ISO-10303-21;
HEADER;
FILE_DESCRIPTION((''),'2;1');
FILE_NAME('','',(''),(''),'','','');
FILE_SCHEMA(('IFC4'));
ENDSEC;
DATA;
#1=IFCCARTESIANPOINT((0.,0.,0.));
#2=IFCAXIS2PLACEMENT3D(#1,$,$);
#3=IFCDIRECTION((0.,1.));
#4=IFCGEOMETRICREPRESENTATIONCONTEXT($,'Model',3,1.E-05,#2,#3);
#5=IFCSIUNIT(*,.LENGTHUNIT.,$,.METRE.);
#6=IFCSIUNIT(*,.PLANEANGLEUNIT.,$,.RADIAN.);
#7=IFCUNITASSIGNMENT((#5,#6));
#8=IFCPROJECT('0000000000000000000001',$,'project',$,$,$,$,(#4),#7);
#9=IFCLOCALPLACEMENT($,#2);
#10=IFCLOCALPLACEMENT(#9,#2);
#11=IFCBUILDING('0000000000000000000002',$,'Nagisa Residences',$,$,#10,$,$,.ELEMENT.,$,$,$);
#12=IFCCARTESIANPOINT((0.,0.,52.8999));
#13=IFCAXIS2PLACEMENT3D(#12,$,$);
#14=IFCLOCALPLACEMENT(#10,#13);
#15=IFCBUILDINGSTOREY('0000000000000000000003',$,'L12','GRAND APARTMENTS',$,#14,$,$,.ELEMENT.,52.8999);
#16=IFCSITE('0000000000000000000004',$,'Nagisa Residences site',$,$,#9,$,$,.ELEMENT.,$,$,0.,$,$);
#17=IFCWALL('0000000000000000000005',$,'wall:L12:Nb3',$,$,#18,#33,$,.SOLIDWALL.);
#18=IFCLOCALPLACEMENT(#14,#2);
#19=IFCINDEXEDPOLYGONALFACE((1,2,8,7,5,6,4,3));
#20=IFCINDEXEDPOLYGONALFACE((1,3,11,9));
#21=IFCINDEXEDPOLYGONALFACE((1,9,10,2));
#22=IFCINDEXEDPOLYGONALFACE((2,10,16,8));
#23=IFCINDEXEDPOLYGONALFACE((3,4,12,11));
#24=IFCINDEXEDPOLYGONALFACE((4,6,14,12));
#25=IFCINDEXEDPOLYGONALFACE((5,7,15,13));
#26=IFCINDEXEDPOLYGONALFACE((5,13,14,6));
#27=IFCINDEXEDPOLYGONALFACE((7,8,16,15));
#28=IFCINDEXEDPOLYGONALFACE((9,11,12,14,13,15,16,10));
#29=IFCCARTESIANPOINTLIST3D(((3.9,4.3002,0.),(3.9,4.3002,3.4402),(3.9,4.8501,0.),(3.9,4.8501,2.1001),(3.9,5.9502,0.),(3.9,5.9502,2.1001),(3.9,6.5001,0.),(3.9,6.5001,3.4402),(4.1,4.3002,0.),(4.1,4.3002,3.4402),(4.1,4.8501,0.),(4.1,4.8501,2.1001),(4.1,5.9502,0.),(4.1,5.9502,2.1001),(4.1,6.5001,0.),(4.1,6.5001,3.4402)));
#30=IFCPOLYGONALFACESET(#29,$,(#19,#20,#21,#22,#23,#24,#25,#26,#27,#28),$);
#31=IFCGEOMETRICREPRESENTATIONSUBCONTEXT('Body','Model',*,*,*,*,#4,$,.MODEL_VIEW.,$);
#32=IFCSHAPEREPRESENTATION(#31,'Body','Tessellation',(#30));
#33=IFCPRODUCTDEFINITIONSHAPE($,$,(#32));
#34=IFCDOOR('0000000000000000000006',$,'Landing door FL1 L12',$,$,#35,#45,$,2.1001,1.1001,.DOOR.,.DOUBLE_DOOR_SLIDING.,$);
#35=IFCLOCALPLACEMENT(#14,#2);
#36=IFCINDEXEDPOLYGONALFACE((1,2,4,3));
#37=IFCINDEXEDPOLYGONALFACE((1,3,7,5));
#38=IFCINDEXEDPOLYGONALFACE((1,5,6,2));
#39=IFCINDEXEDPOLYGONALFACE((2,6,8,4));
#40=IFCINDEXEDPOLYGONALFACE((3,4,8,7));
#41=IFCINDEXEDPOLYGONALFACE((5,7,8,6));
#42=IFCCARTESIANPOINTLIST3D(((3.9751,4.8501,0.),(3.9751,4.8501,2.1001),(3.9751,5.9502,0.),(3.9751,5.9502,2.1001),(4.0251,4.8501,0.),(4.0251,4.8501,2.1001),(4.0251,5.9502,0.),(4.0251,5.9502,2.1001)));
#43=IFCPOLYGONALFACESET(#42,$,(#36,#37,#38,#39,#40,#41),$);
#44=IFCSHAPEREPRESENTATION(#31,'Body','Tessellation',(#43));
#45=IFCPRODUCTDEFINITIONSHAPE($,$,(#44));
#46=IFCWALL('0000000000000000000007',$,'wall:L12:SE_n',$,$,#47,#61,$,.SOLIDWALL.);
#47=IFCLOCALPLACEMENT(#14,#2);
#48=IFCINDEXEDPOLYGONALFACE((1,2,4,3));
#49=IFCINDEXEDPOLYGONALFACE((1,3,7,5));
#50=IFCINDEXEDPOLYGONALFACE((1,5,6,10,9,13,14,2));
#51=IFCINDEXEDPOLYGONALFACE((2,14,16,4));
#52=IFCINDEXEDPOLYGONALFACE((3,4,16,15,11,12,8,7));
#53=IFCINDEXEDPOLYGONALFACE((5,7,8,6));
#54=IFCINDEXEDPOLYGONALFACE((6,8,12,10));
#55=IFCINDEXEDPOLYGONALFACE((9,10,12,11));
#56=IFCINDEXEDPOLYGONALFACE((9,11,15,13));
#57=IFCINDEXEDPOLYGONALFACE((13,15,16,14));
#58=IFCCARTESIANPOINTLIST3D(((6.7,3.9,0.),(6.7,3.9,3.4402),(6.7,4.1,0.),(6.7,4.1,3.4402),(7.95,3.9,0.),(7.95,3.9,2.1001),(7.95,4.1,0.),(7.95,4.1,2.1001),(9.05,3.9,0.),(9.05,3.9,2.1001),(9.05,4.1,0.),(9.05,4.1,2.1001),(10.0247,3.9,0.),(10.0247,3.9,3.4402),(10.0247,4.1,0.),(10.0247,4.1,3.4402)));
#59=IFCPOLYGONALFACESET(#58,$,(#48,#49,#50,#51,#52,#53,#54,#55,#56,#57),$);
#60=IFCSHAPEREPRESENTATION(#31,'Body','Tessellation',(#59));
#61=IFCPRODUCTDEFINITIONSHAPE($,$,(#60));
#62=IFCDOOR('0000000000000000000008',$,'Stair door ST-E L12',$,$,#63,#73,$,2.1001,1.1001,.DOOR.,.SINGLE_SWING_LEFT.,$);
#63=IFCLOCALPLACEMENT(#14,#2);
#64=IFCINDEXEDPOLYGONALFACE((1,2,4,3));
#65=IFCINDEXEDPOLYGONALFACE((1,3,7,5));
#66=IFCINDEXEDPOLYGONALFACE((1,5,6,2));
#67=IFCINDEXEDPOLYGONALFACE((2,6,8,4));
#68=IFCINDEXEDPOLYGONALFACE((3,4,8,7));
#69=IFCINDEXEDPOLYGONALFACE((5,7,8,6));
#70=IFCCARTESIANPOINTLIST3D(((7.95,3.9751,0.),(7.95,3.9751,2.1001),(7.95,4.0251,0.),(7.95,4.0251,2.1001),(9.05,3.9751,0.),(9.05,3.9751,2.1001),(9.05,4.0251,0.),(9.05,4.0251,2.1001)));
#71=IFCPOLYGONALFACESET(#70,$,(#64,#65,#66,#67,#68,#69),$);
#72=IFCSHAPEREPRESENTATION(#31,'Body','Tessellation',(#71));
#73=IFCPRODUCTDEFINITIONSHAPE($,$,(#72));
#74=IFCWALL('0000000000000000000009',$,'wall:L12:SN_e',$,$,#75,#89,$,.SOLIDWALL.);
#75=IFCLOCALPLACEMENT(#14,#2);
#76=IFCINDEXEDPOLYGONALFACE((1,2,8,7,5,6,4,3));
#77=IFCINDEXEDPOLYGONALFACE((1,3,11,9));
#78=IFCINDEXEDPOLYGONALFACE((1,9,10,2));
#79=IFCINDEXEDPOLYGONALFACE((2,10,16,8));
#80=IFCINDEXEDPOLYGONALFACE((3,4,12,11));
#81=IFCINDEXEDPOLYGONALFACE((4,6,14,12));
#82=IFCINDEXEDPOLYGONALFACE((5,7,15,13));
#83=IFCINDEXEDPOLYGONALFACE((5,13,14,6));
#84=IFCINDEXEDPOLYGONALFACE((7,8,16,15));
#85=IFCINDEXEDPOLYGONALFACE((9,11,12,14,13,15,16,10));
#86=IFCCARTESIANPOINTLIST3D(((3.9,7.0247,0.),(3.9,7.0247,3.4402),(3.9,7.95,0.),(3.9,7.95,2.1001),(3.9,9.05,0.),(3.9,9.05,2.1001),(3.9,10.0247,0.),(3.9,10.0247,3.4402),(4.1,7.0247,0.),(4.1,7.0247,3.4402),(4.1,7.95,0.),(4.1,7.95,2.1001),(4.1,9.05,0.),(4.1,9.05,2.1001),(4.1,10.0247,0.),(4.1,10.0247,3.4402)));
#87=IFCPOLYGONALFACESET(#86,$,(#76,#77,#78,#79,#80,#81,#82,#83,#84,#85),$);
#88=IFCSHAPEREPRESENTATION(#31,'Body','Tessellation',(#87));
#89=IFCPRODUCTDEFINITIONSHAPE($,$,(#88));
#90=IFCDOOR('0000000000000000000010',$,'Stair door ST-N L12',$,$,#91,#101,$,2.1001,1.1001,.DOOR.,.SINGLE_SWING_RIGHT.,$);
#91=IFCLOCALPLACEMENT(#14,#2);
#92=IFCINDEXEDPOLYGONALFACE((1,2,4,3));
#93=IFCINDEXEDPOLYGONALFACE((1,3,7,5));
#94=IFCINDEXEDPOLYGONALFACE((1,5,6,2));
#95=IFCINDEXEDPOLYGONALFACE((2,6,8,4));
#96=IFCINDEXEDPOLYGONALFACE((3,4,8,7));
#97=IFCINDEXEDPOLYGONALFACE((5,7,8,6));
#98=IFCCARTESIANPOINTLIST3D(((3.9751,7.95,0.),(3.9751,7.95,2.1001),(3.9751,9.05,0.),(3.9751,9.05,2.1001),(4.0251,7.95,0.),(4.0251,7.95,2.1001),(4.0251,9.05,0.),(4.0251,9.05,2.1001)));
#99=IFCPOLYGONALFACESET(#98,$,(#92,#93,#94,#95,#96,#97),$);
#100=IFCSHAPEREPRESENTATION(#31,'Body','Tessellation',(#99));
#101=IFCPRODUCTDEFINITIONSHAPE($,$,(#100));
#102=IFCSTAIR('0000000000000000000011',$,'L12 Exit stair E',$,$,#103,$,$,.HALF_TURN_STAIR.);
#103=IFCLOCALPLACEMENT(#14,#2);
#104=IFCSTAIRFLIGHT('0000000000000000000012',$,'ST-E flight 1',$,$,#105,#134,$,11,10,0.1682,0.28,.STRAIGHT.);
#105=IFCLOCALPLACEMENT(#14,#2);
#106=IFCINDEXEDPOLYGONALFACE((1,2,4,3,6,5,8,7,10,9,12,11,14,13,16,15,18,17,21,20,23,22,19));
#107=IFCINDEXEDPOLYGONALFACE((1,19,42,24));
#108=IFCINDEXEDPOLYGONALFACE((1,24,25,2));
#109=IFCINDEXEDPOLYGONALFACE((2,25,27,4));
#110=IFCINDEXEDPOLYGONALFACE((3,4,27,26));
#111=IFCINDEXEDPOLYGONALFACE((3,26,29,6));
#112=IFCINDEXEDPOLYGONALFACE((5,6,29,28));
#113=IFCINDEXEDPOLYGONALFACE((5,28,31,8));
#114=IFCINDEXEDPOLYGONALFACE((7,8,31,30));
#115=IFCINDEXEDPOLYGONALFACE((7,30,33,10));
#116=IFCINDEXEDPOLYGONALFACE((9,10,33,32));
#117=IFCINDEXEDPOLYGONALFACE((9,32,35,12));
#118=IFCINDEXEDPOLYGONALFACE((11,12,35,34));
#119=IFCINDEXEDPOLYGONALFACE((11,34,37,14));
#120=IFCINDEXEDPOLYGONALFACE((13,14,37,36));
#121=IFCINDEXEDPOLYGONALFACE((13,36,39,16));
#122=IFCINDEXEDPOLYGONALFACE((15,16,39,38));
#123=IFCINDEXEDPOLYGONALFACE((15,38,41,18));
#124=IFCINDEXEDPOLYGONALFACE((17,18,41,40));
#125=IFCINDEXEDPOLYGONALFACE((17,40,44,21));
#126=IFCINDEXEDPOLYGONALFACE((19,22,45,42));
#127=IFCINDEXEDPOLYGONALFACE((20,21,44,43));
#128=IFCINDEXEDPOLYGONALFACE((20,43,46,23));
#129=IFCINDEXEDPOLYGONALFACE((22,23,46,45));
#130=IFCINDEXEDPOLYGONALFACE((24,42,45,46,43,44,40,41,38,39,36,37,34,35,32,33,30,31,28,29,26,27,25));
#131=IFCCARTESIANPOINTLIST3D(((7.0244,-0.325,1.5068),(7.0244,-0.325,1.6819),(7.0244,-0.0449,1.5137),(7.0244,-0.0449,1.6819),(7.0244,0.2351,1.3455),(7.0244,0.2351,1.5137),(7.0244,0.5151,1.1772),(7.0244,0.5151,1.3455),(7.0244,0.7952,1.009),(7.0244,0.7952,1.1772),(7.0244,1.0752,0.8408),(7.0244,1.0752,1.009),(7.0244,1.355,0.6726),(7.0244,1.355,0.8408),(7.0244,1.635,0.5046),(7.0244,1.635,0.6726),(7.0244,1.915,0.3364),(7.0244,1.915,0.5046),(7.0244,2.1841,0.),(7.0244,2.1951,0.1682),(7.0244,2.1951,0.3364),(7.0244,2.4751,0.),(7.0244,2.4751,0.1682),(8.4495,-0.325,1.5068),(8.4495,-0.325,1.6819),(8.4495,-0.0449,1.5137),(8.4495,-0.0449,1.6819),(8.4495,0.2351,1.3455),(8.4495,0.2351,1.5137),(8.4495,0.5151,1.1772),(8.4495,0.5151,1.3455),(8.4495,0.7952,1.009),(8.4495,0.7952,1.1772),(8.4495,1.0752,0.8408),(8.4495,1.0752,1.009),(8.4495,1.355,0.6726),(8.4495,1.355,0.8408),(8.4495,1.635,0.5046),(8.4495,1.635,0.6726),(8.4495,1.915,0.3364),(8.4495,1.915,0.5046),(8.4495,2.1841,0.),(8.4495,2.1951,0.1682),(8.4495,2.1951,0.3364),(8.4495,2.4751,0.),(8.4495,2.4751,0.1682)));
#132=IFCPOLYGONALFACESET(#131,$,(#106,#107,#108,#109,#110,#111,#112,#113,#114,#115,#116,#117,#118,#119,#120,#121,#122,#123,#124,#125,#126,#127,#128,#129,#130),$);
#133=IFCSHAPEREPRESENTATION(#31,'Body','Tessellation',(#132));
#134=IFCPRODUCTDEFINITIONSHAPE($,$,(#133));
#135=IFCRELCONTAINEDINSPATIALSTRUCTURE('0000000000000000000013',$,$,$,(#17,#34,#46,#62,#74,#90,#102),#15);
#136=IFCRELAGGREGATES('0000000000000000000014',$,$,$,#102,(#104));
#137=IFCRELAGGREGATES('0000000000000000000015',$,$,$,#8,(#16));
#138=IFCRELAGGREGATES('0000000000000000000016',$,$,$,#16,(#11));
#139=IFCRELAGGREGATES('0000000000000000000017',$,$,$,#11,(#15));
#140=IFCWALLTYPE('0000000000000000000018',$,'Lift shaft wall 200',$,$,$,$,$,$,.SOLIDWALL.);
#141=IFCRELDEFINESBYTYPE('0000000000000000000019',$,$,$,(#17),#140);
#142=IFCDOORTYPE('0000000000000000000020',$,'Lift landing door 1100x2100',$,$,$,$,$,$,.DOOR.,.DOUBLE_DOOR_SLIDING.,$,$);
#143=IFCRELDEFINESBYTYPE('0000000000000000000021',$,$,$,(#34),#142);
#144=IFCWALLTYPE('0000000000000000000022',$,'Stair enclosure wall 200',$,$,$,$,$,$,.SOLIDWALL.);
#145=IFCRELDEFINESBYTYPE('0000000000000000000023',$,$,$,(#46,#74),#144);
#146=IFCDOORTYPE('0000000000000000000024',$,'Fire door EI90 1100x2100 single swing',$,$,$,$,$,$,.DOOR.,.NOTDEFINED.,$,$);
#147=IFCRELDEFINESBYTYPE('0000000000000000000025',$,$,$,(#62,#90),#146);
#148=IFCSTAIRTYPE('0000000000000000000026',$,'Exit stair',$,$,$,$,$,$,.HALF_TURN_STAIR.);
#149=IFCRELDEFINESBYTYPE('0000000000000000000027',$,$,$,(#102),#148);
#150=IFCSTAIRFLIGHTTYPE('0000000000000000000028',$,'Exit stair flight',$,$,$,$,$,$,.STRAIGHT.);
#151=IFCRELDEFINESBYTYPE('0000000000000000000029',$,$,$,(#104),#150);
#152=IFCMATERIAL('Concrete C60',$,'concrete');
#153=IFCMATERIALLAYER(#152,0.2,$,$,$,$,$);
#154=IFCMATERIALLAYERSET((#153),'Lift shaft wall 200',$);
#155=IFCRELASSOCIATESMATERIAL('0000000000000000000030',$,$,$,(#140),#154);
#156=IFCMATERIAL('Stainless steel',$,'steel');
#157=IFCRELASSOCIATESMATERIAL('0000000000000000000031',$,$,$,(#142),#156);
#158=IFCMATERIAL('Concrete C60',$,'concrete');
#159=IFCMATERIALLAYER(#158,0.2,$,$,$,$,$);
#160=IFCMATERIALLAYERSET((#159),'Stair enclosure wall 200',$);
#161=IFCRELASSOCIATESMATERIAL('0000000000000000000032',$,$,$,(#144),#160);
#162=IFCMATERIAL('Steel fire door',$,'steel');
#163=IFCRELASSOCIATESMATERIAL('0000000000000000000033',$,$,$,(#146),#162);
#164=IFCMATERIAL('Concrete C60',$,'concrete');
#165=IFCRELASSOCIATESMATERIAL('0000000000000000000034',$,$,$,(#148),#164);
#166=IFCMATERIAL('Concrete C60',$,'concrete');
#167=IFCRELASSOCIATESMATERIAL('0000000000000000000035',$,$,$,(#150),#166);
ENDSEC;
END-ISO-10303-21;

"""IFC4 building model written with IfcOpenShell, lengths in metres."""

from ifc_helpers import new_model, si_unit, direction, frame, frame_2d, origin, place, context, subcontext, project, spatial, polyline, rectangle, outline, extrude, material, layer, layer_set, type_object, element, fill, aggregate, save


model = new_model("IFC4")

# Units and contexts
model_context = context("Model", 3, precision=1e-05, world=origin(), true_north=direction((0.0, 1.0)))
body_context = subcontext(model_context, "Body", "Model", "MODEL_VIEW")
ifc_project = project(units=[si_unit("LENGTHUNIT", "METRE"), si_unit("PLANEANGLEUNIT", "RADIAN")], contexts=[model_context])

# Site, building, storey
site_placement = place(None, origin())
site = spatial("IfcSite", under=ifc_project, at=site_placement, Name="Nagisa Residences site", CompositionType="ELEMENT", RefElevation=0.0)
building_placement = place(site_placement, origin())
building = spatial("IfcBuilding", under=site, at=building_placement, Name="Nagisa Residences", CompositionType="ELEMENT")
storey_placement = place(building_placement, frame((0.0, 0.0, 52.8999)))
storey = spatial("IfcBuildingStorey", under=building, at=storey_placement, Name="L12", Description="GRAND APARTMENTS", CompositionType="ELEMENT", Elevation=52.8999)

# Walls, openings, doors
ifc_material_1 = material(Name="Concrete C60", Category="concrete")
ifc_layer_1 = layer(ifc_material_1, 0.2)
ifc_layer_set_1 = layer_set([ifc_layer_1], Name="Lift shaft wall 200")
wall_type_1 = type_object("IfcWallType", Name="Lift shaft wall 200", PredefinedType="SOLIDWALL", material=ifc_layer_set_1)
wall_1_placement = place(storey_placement, frame((4.0, 4.3, 0.0), z_axis=(0.0, 0.0, 1.0), x_axis=(0.0, 1.0, 0.0)))
wall_1 = element("IfcWall", 1, at=wall_1_placement, inside=storey, type_object=wall_type_1, Name="wall:L12:Nb3", PredefinedType="SOLIDWALL", context=body_context, shape_type="SweptSolid", body=[
    extrude(rectangle(XDim=2.2, YDim=0.2, at=frame_2d((1.1001, 0.0))), origin(), (0.0, 0.0, 1.0), 3.4402),
])
opening_1_placement = place(wall_1_placement, frame((0.55, 0.0, 0.0)))
opening_1 = element("IfcOpeningElement", 2, at=opening_1_placement, cuts=wall_1, PredefinedType="OPENING", context=body_context, shape_type="SweptSolid", body=[
    extrude(rectangle(XDim=1.1001, YDim=2.1001, at=frame_2d((0.55, 1.05))), frame((0.0, 0.1099, 0.0), z_axis=(0.0, -1.0, 0.0), x_axis=(1.0, 0.0, 0.0)), (0.0, 0.0, 1.0), 0.22),
])
ifc_material_2 = material(Name="Stainless steel", Category="steel")
door_type_1 = type_object("IfcDoorType", Name="Lift landing door 1100x2100", OperationType="DOUBLE_DOOR_SLIDING", PredefinedType="DOOR", material=ifc_material_2)
door_1_placement = place(opening_1_placement, origin())
door_1 = element("IfcDoor", 3, at=door_1_placement, inside=storey, type_object=door_type_1, Name="Landing door FL1 L12", OperationType="DOUBLE_DOOR_SLIDING", OverallHeight=2.1001, OverallWidth=1.1001, PredefinedType="DOOR", context=body_context, shape_type="SweptSolid", body=[
    extrude(rectangle(XDim=1.1001, YDim=2.1001, at=frame_2d((0.55, 1.05))), frame((0.0, 0.0249, 0.0), z_axis=(0.0, -1.0, 0.0), x_axis=(1.0, 0.0, 0.0)), (0.0, 0.0, 1.0), 0.05),
])
fill(opening_1, door_1)
ifc_material_3 = material(Name="Concrete C60", Category="concrete")
ifc_layer_2 = layer(ifc_material_3, 0.2)
ifc_layer_set_2 = layer_set([ifc_layer_2], Name="Stair enclosure wall 200")
wall_type_2 = type_object("IfcWallType", Name="Stair enclosure wall 200", PredefinedType="SOLIDWALL", material=ifc_layer_set_2)
wall_2_placement = place(storey_placement, frame((6.7, 4.0, 0.0), z_axis=(0.0, 0.0, 1.0), x_axis=(1.0, 0.0, 0.0)))
wall_2 = element("IfcWall", 4, at=wall_2_placement, inside=storey, type_object=wall_type_2, Name="wall:L12:SE_n", PredefinedType="SOLIDWALL", context=body_context, shape_type="SweptSolid", body=[
    extrude(rectangle(XDim=3.3247, YDim=0.2, at=frame_2d((1.6624, 0.0))), origin(), (0.0, 0.0, 1.0), 3.4402),
])
opening_2_placement = place(wall_2_placement, frame((1.25, 0.0, 0.0)))
opening_2 = element("IfcOpeningElement", 5, at=opening_2_placement, cuts=wall_2, PredefinedType="OPENING", context=body_context, shape_type="SweptSolid", body=[
    extrude(rectangle(XDim=1.1001, YDim=2.1001, at=frame_2d((0.55, 1.05))), frame((0.0, 0.1099, 0.0), z_axis=(0.0, -1.0, 0.0), x_axis=(1.0, 0.0, 0.0)), (0.0, 0.0, 1.0), 0.22),
])
ifc_material_4 = material(Name="Steel fire door", Category="steel")
door_type_2 = type_object("IfcDoorType", Name="Fire door EI90 1100x2100 single swing", OperationType="NOTDEFINED", PredefinedType="DOOR", material=ifc_material_4)
door_2_placement = place(opening_2_placement, frame((1.1001, 0.0, 0.0), x_axis=(-1.0, 0.0, 0.0)))
door_2 = element("IfcDoor", 6, at=door_2_placement, inside=storey, type_object=door_type_2, Name="Stair door ST-E L12", OperationType="SINGLE_SWING_LEFT", OverallHeight=2.1001, OverallWidth=1.1001, PredefinedType="DOOR", context=body_context, shape_type="SweptSolid", body=[
    extrude(rectangle(XDim=1.1001, YDim=2.1001, at=frame_2d((0.55, 1.05))), frame((0.0, 0.0249, 0.0), z_axis=(0.0, -1.0, 0.0), x_axis=(1.0, 0.0, 0.0)), (0.0, 0.0, 1.0), 0.05),
])
fill(opening_2, door_2)
wall_3_placement = place(storey_placement, frame((4.0, 7.0247, 0.0), z_axis=(0.0, 0.0, 1.0), x_axis=(0.0, 1.0, 0.0)))
wall_3 = element("IfcWall", 7, at=wall_3_placement, inside=storey, type_object=wall_type_2, Name="wall:L12:SN_e", PredefinedType="SOLIDWALL", context=body_context, shape_type="SweptSolid", body=[
    extrude(rectangle(XDim=3.0, YDim=0.2, at=frame_2d((1.5, 0.0))), origin(), (0.0, 0.0, 1.0), 3.4402),
])
opening_3_placement = place(wall_3_placement, frame((0.9253, 0.0, 0.0)))
opening_3 = element("IfcOpeningElement", 8, at=opening_3_placement, cuts=wall_3, PredefinedType="OPENING", context=body_context, shape_type="SweptSolid", body=[
    extrude(rectangle(XDim=1.1001, YDim=2.1001, at=frame_2d((0.55, 1.05))), frame((0.0, 0.1099, 0.0), z_axis=(0.0, -1.0, 0.0), x_axis=(1.0, 0.0, 0.0)), (0.0, 0.0, 1.0), 0.22),
])
door_3_placement = place(opening_3_placement, origin())
door_3 = element("IfcDoor", 9, at=door_3_placement, inside=storey, type_object=door_type_2, Name="Stair door ST-N L12", OperationType="SINGLE_SWING_RIGHT", OverallHeight=2.1001, OverallWidth=1.1001, PredefinedType="DOOR", context=body_context, shape_type="SweptSolid", body=[
    extrude(rectangle(XDim=1.1001, YDim=2.1001, at=frame_2d((0.55, 1.05))), frame((0.0, 0.0249, 0.0), z_axis=(0.0, -1.0, 0.0), x_axis=(1.0, 0.0, 0.0)), (0.0, 0.0, 1.0), 0.05),
])
fill(opening_3, door_3)

# Stair, stair flight
ifc_material_5 = material(Name="Concrete C60", Category="concrete")
stair_type = type_object("IfcStairType", Name="Exit stair", PredefinedType="HALF_TURN_STAIR", material=ifc_material_5)
stair_placement = place(storey_placement, origin())
stair = element("IfcStair", 10, at=stair_placement, inside=storey, type_object=stair_type, Name="L12 Exit stair E", PredefinedType="HALF_TURN_STAIR")
ifc_material_6 = material(Name="Concrete C60", Category="concrete")
stair_flight_type = type_object("IfcStairFlightType", Name="Exit stair flight", PredefinedType="STRAIGHT", material=ifc_material_6)
stair_flight_placement = place(storey_placement, frame((7.7371, 2.4751, 0.0), z_axis=(0.0, 0.0, 1.0), x_axis=(0.0, -1.0, 0.0)))
stair_flight = element("IfcStairFlight", 11, at=stair_flight_placement, type_object=stair_flight_type, Name="ST-E flight 1", NumberOfRisers=11, NumberOfTreads=10, PredefinedType="STRAIGHT", RiserHeight=0.1682, TreadLength=0.28, context=body_context, shape_type="SweptSolid", body=[
    extrude(outline(polyline([(0.0, 0.0), (0.0, 0.1682), (0.28, 0.1682), (0.28, 0.3364), (0.5601, 0.3364), (0.5601, 0.5046), (0.8401, 0.5046), (0.8401, 0.6726), (1.1201, 0.6726), (1.1201, 0.8408), (1.3999, 0.8408), (1.3999, 1.009), (1.6799, 1.009), (1.6799, 1.1772), (1.96, 1.1772), (1.96, 1.3455), (2.24, 1.3455), (2.24, 1.5137), (2.52, 1.5137), (2.52, 1.6819), (2.8, 1.6819), (2.8, 1.8501), (2.8, 1.5068), (0.291, 0.0), (0.0, 0.0)])), frame((0.0, 0.7124, 0.0), z_axis=(0.0, -1.0, 0.0), x_axis=(1.0, 0.0, 0.0)), (0.0, 0.0, 1.0), 1.425),
])
aggregate(stair, [stair_flight])

save(model, "model.ifc")
